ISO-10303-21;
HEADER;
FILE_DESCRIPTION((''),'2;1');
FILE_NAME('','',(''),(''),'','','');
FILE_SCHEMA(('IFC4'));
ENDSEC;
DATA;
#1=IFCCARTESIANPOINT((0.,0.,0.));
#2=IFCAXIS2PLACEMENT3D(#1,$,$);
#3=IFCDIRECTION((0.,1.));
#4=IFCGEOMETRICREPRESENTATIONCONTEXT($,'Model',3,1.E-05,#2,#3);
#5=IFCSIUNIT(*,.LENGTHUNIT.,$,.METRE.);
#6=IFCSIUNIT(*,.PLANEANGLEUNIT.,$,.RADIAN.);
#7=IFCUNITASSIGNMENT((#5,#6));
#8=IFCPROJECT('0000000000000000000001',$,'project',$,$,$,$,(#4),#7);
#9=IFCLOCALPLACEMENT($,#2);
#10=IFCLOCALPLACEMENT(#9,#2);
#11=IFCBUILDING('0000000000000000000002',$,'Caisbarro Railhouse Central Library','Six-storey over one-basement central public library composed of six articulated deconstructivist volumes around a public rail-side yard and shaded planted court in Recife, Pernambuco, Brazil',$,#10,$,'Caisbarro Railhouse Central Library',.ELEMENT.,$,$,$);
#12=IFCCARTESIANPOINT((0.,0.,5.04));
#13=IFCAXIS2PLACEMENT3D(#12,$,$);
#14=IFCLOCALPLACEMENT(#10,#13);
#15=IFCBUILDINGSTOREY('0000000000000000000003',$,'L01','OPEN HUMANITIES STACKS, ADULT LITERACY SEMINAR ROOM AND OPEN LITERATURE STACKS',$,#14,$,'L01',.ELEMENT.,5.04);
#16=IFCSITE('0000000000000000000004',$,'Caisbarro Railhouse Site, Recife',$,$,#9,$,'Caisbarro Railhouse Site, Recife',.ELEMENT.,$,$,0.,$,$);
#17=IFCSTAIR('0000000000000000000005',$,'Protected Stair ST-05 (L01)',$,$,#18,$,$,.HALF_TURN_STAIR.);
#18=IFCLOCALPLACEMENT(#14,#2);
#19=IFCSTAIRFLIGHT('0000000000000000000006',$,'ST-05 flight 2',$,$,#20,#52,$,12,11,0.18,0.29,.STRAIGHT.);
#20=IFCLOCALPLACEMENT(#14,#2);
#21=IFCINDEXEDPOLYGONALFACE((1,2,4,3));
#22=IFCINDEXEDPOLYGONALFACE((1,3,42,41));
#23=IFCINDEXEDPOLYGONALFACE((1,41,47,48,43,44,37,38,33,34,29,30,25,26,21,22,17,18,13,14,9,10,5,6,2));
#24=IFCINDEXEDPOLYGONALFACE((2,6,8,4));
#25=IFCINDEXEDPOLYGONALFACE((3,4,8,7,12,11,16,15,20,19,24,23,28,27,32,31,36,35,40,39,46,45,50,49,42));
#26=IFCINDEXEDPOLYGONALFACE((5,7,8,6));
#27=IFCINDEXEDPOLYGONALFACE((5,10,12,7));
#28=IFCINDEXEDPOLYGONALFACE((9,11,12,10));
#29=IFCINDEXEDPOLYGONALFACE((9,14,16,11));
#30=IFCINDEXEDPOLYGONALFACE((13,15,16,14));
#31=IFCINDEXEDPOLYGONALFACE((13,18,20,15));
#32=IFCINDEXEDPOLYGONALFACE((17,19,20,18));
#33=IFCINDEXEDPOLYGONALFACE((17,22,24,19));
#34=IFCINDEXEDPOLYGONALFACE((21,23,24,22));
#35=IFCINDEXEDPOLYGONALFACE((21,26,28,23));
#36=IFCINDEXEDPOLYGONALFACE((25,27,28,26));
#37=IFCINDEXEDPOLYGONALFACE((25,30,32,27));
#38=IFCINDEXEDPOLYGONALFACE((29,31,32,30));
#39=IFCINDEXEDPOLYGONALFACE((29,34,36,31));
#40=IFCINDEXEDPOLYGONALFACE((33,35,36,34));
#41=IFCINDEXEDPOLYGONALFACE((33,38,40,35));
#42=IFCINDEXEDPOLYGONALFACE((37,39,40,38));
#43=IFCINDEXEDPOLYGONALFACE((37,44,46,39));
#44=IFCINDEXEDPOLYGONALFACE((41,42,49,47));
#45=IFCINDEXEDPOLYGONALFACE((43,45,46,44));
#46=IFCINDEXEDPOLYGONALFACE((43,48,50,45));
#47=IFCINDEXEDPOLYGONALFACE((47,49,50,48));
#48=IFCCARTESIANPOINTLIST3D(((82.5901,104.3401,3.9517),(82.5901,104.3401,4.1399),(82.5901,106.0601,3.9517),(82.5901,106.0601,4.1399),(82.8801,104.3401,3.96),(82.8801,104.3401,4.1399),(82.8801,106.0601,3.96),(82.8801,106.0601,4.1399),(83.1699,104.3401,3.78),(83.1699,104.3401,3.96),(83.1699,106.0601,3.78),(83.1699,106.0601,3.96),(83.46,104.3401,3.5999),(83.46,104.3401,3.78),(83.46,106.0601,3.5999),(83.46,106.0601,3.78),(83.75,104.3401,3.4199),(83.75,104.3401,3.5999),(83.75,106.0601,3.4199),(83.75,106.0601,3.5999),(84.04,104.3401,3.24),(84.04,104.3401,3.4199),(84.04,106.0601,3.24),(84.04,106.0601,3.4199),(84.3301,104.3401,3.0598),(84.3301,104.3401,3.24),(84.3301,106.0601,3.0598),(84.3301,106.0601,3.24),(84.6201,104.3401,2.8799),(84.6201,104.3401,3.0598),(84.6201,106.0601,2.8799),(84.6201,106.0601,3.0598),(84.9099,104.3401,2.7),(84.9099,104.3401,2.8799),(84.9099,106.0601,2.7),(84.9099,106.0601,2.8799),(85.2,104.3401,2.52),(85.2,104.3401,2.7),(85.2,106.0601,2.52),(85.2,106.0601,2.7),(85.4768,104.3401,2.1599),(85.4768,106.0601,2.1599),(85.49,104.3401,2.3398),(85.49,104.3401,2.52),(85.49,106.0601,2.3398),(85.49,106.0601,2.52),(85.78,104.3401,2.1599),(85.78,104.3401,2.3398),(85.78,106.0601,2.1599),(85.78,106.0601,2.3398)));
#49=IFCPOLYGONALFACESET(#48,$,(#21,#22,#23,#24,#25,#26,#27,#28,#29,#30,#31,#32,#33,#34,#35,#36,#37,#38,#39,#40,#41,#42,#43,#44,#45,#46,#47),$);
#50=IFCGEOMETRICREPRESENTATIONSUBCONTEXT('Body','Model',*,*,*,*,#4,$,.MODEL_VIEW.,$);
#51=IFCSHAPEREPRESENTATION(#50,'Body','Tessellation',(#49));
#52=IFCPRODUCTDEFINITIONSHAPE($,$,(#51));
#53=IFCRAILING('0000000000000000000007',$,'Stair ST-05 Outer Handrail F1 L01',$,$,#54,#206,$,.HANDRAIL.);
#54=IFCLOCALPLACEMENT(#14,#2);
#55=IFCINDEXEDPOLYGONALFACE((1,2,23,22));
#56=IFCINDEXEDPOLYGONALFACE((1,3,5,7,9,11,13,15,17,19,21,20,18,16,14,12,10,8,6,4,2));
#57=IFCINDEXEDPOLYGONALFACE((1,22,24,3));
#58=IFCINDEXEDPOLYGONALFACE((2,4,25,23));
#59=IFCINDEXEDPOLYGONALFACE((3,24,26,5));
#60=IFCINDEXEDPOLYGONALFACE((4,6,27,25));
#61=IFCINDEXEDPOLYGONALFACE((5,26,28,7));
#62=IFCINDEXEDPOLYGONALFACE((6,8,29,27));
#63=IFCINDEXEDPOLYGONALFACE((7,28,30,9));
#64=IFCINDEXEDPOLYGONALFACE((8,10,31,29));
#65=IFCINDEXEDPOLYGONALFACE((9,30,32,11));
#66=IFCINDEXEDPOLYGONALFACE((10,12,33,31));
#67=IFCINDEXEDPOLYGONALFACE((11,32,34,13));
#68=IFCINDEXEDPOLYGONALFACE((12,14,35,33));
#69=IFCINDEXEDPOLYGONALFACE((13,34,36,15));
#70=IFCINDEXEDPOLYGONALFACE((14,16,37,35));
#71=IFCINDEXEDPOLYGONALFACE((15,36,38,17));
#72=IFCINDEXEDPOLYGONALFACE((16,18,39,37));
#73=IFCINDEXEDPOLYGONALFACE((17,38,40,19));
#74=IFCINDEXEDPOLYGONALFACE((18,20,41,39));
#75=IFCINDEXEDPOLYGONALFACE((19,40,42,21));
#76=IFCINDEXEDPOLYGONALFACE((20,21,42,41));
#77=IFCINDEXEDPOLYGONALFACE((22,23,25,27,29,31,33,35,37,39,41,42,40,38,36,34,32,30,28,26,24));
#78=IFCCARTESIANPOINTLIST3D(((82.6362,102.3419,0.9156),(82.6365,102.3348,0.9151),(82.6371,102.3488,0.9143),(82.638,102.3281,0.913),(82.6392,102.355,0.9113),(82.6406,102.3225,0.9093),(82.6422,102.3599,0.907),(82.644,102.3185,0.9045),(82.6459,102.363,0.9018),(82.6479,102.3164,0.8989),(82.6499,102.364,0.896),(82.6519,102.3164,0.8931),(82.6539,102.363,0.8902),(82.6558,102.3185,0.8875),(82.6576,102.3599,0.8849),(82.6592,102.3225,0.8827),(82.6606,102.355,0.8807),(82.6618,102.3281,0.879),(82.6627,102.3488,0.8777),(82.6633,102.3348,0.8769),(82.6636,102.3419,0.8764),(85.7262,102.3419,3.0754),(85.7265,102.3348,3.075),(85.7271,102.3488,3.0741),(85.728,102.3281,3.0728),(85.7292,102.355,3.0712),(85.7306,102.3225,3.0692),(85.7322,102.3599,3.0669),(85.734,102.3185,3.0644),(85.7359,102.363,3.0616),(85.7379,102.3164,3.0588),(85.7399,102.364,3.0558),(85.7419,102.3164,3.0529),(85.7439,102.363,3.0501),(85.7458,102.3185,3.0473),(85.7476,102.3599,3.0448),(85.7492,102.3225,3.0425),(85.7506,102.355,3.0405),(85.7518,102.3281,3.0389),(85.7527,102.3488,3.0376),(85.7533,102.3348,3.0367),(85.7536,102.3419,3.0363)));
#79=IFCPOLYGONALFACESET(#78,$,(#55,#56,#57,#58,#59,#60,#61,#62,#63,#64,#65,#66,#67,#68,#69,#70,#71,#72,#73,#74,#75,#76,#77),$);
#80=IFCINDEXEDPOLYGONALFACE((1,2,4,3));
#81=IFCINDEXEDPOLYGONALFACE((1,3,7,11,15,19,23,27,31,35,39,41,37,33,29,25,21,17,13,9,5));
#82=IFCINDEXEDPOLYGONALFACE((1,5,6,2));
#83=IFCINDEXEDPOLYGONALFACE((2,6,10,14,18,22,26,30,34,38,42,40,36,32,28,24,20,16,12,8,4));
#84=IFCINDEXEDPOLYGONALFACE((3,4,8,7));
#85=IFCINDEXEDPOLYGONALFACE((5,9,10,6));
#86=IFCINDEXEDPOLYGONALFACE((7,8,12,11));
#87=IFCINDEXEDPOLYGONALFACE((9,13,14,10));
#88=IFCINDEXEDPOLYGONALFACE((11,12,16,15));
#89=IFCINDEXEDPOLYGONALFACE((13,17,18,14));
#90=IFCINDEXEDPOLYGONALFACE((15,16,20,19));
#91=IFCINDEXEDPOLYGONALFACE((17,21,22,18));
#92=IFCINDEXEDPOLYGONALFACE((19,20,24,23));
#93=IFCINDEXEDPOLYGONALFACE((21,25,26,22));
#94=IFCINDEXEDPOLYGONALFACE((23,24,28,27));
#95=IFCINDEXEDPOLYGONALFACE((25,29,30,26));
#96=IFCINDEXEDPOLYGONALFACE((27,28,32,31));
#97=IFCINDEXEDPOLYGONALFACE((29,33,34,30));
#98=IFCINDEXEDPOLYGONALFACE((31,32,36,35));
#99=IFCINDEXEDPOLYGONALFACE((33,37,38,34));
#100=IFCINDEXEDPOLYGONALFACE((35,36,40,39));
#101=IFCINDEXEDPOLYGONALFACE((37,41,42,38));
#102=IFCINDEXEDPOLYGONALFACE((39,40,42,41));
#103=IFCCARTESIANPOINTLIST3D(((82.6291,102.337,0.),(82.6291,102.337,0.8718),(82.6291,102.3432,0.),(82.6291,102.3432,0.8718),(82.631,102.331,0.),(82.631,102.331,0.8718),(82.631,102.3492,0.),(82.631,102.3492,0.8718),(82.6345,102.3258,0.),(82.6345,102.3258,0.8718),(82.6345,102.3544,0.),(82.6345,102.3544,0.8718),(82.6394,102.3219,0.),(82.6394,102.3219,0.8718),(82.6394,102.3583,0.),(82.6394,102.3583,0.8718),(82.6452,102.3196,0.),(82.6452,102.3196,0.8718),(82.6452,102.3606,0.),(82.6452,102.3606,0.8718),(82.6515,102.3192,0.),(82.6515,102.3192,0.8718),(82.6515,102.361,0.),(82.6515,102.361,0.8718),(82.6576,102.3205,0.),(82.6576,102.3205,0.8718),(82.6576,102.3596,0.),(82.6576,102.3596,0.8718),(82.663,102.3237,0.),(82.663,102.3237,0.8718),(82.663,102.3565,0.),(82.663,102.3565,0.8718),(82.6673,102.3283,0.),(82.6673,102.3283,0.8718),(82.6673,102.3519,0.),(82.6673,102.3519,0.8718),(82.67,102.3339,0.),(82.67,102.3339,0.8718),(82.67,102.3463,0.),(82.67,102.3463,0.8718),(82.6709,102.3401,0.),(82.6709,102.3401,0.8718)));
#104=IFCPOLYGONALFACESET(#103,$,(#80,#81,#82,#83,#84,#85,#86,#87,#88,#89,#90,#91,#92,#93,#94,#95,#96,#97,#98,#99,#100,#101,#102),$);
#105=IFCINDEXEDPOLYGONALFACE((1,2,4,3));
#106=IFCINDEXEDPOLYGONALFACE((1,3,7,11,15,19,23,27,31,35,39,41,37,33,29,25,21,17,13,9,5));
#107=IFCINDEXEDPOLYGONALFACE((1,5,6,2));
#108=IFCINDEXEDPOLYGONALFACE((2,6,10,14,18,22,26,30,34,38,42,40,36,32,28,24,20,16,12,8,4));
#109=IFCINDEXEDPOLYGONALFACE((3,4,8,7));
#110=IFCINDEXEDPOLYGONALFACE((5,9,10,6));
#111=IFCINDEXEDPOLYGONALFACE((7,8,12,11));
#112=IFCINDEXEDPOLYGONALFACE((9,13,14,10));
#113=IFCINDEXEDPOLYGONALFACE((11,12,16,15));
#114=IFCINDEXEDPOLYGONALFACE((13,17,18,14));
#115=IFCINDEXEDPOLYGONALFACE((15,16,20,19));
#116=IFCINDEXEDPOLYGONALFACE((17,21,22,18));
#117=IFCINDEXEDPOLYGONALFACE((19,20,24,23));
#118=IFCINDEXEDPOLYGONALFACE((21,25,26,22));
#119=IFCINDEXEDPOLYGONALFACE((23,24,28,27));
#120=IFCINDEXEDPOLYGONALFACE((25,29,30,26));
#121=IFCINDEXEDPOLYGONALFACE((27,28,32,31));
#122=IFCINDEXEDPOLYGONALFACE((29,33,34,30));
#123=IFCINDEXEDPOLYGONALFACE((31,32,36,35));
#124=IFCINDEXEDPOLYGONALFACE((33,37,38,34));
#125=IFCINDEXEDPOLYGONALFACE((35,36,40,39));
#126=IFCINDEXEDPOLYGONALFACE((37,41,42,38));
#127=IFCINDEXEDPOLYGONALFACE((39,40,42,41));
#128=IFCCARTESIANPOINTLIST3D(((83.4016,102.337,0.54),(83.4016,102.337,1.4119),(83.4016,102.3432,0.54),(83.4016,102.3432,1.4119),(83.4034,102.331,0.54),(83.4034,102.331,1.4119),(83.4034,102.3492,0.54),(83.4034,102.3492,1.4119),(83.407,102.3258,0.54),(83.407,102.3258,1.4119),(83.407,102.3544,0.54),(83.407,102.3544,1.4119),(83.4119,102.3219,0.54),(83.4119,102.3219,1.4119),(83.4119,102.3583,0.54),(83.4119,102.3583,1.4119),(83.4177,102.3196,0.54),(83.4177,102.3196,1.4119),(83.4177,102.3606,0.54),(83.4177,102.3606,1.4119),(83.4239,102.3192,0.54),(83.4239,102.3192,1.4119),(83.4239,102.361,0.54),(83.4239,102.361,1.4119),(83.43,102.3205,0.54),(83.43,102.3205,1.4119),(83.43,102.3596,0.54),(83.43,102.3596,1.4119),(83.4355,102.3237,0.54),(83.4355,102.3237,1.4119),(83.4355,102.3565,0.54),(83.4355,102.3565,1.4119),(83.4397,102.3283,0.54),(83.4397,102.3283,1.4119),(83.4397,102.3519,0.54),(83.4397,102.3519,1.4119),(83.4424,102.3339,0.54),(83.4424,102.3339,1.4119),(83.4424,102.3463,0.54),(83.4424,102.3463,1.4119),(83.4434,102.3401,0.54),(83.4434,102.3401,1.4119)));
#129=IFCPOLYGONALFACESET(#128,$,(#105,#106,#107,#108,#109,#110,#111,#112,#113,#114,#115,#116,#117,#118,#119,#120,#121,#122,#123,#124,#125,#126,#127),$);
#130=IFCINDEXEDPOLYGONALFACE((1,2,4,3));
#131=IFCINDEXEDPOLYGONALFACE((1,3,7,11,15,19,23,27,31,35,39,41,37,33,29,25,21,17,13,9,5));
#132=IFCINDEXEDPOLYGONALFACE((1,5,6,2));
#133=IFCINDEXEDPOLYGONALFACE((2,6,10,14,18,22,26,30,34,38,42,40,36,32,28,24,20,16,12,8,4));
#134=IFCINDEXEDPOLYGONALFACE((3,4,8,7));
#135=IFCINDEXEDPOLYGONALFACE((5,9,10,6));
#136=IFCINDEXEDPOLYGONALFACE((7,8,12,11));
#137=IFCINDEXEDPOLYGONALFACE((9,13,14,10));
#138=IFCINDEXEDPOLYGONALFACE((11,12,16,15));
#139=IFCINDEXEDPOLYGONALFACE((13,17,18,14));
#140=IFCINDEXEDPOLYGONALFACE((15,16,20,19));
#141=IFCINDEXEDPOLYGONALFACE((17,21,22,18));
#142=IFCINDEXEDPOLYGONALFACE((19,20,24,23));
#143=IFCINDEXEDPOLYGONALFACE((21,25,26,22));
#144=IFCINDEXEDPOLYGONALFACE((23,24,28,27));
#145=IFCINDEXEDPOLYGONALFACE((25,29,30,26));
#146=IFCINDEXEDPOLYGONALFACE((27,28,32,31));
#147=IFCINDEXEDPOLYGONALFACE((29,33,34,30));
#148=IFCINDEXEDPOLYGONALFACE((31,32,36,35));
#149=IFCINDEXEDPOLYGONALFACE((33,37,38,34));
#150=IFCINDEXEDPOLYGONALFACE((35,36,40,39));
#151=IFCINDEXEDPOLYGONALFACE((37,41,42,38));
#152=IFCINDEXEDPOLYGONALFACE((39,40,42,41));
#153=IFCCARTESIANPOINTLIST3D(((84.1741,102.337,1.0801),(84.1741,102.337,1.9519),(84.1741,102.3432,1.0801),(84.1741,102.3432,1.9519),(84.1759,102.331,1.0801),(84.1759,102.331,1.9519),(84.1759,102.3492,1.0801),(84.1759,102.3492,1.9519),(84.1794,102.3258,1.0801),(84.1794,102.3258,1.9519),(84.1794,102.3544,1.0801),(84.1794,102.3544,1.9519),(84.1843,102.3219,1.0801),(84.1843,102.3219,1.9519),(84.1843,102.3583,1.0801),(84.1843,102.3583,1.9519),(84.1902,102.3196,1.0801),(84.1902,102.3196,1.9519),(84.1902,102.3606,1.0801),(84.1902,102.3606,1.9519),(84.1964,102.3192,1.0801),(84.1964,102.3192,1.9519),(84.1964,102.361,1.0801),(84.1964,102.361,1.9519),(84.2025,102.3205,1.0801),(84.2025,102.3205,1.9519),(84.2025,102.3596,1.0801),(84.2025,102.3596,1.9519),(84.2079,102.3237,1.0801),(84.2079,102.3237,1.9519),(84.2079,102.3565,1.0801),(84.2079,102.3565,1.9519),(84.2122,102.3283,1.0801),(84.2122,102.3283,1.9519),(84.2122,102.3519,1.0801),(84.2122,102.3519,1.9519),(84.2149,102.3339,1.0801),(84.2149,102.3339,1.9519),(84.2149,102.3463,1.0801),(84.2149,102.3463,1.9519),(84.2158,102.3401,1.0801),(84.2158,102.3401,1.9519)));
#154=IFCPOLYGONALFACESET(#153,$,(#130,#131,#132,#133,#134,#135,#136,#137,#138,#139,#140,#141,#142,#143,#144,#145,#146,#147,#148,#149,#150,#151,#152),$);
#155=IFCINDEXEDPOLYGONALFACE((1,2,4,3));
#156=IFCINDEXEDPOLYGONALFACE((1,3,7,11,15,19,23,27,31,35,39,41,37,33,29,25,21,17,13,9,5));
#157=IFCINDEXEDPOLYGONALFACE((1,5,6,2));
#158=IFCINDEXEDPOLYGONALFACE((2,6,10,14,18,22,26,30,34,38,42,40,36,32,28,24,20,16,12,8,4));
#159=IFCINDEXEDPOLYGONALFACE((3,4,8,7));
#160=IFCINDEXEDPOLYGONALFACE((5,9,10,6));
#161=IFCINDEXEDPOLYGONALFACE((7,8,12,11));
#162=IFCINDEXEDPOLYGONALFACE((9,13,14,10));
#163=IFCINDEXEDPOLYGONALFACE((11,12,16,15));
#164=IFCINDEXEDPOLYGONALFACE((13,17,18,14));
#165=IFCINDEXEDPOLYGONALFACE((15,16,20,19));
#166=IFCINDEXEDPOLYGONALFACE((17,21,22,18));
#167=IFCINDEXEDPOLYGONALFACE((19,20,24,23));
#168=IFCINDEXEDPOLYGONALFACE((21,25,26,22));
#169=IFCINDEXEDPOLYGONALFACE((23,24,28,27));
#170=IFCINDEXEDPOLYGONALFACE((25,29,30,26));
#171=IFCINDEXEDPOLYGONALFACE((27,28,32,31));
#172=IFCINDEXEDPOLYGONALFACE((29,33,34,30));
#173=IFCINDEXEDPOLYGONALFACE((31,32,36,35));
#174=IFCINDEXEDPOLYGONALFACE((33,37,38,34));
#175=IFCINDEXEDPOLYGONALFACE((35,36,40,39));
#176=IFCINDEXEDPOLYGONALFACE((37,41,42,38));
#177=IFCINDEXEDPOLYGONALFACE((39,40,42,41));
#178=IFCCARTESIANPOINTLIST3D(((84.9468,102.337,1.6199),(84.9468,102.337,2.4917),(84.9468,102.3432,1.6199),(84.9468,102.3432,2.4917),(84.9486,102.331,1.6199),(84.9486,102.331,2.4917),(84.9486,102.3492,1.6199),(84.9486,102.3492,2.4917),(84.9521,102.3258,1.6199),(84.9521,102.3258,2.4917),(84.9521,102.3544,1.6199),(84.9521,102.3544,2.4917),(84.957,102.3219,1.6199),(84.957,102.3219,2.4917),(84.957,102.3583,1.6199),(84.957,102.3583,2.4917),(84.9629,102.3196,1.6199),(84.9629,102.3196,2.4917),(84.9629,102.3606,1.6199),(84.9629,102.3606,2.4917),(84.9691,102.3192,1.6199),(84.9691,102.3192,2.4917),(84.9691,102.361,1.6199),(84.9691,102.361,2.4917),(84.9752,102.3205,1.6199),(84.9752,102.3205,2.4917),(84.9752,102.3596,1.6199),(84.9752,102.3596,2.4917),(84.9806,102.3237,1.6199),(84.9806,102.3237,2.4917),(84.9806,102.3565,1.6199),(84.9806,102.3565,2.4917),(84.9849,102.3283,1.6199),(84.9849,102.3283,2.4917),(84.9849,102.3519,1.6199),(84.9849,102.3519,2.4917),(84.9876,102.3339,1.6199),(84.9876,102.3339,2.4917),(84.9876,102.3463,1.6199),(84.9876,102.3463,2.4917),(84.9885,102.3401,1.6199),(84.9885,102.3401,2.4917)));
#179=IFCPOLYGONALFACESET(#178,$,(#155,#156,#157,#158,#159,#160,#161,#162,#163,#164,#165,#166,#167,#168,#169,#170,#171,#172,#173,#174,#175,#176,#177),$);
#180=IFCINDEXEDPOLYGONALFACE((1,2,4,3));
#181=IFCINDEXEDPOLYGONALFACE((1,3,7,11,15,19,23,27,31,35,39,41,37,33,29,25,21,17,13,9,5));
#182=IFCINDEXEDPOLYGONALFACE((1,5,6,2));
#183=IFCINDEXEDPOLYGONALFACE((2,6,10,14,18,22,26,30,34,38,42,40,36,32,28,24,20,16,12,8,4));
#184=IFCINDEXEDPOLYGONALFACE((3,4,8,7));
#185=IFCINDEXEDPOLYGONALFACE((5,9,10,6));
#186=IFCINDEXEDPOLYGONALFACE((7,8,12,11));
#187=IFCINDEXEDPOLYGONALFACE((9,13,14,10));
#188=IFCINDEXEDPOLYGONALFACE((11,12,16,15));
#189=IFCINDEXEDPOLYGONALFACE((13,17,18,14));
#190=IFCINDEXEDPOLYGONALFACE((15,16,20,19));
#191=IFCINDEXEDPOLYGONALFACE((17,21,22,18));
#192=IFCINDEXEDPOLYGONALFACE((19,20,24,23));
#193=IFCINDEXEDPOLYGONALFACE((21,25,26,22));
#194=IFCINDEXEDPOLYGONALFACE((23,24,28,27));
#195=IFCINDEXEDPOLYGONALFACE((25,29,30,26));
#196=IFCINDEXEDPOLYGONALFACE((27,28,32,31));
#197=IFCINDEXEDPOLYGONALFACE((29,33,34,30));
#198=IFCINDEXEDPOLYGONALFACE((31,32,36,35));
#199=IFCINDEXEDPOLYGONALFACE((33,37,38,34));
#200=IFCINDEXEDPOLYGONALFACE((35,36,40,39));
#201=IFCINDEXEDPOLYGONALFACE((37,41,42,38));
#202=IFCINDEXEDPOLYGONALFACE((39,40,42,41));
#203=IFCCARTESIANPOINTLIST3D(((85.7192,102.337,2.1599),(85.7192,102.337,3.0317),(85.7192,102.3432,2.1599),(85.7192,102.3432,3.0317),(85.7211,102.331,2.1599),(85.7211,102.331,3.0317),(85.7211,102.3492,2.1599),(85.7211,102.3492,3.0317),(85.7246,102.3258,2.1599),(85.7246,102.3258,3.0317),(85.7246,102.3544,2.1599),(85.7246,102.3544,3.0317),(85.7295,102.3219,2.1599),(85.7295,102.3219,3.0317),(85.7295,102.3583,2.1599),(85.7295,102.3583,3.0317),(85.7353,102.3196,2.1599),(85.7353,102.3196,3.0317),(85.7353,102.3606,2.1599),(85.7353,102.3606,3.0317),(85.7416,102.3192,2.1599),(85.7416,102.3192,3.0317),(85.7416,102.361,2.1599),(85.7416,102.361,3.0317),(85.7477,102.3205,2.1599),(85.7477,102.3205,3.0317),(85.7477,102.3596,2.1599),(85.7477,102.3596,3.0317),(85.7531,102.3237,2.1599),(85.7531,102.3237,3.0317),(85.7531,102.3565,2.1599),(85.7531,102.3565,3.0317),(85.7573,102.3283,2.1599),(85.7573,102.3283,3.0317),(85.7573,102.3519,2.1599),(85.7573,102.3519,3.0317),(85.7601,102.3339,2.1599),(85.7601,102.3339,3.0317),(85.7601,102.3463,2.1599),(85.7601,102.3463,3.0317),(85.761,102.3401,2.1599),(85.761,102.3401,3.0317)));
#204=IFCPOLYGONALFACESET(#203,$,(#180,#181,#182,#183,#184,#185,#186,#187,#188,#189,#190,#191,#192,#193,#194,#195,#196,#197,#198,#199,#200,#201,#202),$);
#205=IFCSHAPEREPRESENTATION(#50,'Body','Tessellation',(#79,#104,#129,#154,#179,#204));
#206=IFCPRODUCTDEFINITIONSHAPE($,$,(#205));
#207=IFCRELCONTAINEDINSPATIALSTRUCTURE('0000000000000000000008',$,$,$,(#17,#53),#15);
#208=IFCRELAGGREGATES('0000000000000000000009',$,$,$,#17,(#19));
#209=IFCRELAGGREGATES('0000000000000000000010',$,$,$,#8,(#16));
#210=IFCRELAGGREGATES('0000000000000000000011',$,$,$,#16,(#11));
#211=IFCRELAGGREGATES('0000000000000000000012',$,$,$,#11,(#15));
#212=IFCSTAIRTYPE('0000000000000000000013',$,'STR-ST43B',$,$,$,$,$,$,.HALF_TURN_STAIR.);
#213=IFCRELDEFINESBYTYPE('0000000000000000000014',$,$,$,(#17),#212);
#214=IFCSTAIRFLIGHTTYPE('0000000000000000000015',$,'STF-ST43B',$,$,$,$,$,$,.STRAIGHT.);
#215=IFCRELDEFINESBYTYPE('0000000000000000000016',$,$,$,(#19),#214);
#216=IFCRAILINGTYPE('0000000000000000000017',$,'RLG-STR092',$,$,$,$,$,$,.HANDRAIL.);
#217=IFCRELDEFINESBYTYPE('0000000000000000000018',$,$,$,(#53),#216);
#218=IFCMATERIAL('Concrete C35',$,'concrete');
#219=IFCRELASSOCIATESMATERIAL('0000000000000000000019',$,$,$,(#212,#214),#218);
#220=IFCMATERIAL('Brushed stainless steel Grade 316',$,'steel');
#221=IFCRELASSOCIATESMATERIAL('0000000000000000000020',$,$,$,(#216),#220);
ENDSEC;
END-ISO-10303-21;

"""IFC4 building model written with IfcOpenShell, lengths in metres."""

from ifc_helpers import new_model, si_unit, direction, frame, origin, origin_2d, place, context, subcontext, project, spatial, polyline, circle, outline, extrude, material, type_object, element, aggregate, save


model = new_model("IFC4")

# Units and contexts
model_context = context("Model", 3, precision=1e-05, world=origin(), true_north=direction((0.0, 1.0)))
body_context = subcontext(model_context, "Body", "Model", "MODEL_VIEW")
ifc_project = project(units=[si_unit("LENGTHUNIT", "METRE"), si_unit("PLANEANGLEUNIT", "RADIAN")], contexts=[model_context])

# Site, building, storey
site_placement = place(None, origin())
site = spatial("IfcSite", under=ifc_project, at=site_placement, Name="Caisbarro Railhouse Site, Recife", LongName="Caisbarro Railhouse Site, Recife", CompositionType="ELEMENT", RefElevation=0.0)
building_placement = place(site_placement, origin())
building = spatial("IfcBuilding", under=site, at=building_placement, Name="Caisbarro Railhouse Central Library", Description="Six-storey over one-basement central public library composed of six articulated deconstructivist volumes around a public rail-side yard and shaded planted court in Recife, Pernambuco, Brazil", LongName="Caisbarro Railhouse Central Library", CompositionType="ELEMENT")
storey_placement = place(building_placement, frame((0.0, 0.0, 5.04)))
storey = spatial("IfcBuildingStorey", under=building, at=storey_placement, Name="L01", Description="OPEN HUMANITIES STACKS, ADULT LITERACY SEMINAR ROOM AND OPEN LITERATURE STACKS", LongName="L01", CompositionType="ELEMENT", Elevation=5.04)

# Stair, stair flight
ifc_material_1 = material(Name="Concrete C35", Category="concrete")
stair_type = type_object("IfcStairType", Name="STR-ST43B", PredefinedType="HALF_TURN_STAIR", material=ifc_material_1)
stair_placement = place(storey_placement, origin())
stair = element("IfcStair", 1, at=stair_placement, inside=storey, type_object=stair_type, Name="Protected Stair ST-05 (L01)", PredefinedType="HALF_TURN_STAIR")
stair_flight_type = type_object("IfcStairFlightType", Name="STF-ST43B", PredefinedType="STRAIGHT", material=ifc_material_1)
stair_flight_1_placement = place(storey_placement, frame((85.78, 105.2, 2.1599), z_axis=(0.0, 0.0, 1.0), x_axis=(-1.0, 0.0, 0.0)))
stair_flight_1 = element("IfcStairFlight", 2, at=stair_flight_1_placement, type_object=stair_flight_type, Name="ST-05 flight 2", NumberOfRisers=12, NumberOfTreads=11, PredefinedType="STRAIGHT", RiserHeight=0.18, TreadLength=0.29, context=body_context, shape_type="SweptSolid", body=[
    extrude(outline(polyline([(0.0, 0.0), (0.0, 0.1799), (0.29, 0.1799), (0.29, 0.3601), (0.5801, 0.3601), (0.5801, 0.54), (0.8701, 0.54), (0.8701, 0.72), (1.1599, 0.72), (1.1599, 0.8999), (1.45, 0.8999), (1.45, 1.0801), (1.74, 1.0801), (1.74, 1.26), (2.03, 1.26), (2.03, 1.4399), (2.3201, 1.4399), (2.3201, 1.6201), (2.6101, 1.6201), (2.6101, 1.8), (2.8999, 1.8), (2.8999, 1.98), (3.1899, 1.98), (3.1899, 2.1599), (3.1899, 1.7917), (0.3032, 0.0), (0.0, 0.0)])), frame((0.0, 0.8599, 0.0), z_axis=(0.0, -1.0, 0.0), x_axis=(1.0, 0.0, 0.0)), (0.0, 0.0, 1.0), 1.72),
])
aggregate(stair, [stair_flight_1])

# Railing
ifc_material_2 = material(Name="Brushed stainless steel Grade 316", Category="steel")
railing_type_1 = type_object("IfcRailingType", Name="RLG-STR092", PredefinedType="HANDRAIL", material=ifc_material_2)
railing_1_placement = place(storey_placement, frame((82.6499, 102.3401, 0.0)))
element("IfcRailing", 3, at=railing_1_placement, inside=storey, type_object=railing_type_1, Name="Stair ST-05 Outer Handrail F1 L01", PredefinedType="HANDRAIL", context=body_context, shape_type="SweptSolid", body=[
    extrude(circle(Radius=0.0239, at=origin_2d()), frame((0.0, 0.0, 0.896), z_axis=(0.819624, 0.0, 0.572902), x_axis=(0.0, 1.0, 0.0)), (0.0, 0.0, 1.0), 3.77),
    extrude(circle(Radius=0.021, at=origin_2d()), origin(), (0.0, 0.0, 1.0), 0.8718),
    extrude(circle(Radius=0.021, at=origin_2d()), frame((0.7725, 0.0, 0.54)), (0.0, 0.0, 1.0), 0.8718),
    extrude(circle(Radius=0.021, at=origin_2d()), frame((1.5449, 0.0, 1.0801)), (0.0, 0.0, 1.0), 0.8718),
    extrude(circle(Radius=0.021, at=origin_2d()), frame((2.3176, 0.0, 1.6199)), (0.0, 0.0, 1.0), 0.8718),
    extrude(circle(Radius=0.021, at=origin_2d()), frame((3.0901, 0.0, 2.1599)), (0.0, 0.0, 1.0), 0.8718),
])

save(model, "model.ifc")
